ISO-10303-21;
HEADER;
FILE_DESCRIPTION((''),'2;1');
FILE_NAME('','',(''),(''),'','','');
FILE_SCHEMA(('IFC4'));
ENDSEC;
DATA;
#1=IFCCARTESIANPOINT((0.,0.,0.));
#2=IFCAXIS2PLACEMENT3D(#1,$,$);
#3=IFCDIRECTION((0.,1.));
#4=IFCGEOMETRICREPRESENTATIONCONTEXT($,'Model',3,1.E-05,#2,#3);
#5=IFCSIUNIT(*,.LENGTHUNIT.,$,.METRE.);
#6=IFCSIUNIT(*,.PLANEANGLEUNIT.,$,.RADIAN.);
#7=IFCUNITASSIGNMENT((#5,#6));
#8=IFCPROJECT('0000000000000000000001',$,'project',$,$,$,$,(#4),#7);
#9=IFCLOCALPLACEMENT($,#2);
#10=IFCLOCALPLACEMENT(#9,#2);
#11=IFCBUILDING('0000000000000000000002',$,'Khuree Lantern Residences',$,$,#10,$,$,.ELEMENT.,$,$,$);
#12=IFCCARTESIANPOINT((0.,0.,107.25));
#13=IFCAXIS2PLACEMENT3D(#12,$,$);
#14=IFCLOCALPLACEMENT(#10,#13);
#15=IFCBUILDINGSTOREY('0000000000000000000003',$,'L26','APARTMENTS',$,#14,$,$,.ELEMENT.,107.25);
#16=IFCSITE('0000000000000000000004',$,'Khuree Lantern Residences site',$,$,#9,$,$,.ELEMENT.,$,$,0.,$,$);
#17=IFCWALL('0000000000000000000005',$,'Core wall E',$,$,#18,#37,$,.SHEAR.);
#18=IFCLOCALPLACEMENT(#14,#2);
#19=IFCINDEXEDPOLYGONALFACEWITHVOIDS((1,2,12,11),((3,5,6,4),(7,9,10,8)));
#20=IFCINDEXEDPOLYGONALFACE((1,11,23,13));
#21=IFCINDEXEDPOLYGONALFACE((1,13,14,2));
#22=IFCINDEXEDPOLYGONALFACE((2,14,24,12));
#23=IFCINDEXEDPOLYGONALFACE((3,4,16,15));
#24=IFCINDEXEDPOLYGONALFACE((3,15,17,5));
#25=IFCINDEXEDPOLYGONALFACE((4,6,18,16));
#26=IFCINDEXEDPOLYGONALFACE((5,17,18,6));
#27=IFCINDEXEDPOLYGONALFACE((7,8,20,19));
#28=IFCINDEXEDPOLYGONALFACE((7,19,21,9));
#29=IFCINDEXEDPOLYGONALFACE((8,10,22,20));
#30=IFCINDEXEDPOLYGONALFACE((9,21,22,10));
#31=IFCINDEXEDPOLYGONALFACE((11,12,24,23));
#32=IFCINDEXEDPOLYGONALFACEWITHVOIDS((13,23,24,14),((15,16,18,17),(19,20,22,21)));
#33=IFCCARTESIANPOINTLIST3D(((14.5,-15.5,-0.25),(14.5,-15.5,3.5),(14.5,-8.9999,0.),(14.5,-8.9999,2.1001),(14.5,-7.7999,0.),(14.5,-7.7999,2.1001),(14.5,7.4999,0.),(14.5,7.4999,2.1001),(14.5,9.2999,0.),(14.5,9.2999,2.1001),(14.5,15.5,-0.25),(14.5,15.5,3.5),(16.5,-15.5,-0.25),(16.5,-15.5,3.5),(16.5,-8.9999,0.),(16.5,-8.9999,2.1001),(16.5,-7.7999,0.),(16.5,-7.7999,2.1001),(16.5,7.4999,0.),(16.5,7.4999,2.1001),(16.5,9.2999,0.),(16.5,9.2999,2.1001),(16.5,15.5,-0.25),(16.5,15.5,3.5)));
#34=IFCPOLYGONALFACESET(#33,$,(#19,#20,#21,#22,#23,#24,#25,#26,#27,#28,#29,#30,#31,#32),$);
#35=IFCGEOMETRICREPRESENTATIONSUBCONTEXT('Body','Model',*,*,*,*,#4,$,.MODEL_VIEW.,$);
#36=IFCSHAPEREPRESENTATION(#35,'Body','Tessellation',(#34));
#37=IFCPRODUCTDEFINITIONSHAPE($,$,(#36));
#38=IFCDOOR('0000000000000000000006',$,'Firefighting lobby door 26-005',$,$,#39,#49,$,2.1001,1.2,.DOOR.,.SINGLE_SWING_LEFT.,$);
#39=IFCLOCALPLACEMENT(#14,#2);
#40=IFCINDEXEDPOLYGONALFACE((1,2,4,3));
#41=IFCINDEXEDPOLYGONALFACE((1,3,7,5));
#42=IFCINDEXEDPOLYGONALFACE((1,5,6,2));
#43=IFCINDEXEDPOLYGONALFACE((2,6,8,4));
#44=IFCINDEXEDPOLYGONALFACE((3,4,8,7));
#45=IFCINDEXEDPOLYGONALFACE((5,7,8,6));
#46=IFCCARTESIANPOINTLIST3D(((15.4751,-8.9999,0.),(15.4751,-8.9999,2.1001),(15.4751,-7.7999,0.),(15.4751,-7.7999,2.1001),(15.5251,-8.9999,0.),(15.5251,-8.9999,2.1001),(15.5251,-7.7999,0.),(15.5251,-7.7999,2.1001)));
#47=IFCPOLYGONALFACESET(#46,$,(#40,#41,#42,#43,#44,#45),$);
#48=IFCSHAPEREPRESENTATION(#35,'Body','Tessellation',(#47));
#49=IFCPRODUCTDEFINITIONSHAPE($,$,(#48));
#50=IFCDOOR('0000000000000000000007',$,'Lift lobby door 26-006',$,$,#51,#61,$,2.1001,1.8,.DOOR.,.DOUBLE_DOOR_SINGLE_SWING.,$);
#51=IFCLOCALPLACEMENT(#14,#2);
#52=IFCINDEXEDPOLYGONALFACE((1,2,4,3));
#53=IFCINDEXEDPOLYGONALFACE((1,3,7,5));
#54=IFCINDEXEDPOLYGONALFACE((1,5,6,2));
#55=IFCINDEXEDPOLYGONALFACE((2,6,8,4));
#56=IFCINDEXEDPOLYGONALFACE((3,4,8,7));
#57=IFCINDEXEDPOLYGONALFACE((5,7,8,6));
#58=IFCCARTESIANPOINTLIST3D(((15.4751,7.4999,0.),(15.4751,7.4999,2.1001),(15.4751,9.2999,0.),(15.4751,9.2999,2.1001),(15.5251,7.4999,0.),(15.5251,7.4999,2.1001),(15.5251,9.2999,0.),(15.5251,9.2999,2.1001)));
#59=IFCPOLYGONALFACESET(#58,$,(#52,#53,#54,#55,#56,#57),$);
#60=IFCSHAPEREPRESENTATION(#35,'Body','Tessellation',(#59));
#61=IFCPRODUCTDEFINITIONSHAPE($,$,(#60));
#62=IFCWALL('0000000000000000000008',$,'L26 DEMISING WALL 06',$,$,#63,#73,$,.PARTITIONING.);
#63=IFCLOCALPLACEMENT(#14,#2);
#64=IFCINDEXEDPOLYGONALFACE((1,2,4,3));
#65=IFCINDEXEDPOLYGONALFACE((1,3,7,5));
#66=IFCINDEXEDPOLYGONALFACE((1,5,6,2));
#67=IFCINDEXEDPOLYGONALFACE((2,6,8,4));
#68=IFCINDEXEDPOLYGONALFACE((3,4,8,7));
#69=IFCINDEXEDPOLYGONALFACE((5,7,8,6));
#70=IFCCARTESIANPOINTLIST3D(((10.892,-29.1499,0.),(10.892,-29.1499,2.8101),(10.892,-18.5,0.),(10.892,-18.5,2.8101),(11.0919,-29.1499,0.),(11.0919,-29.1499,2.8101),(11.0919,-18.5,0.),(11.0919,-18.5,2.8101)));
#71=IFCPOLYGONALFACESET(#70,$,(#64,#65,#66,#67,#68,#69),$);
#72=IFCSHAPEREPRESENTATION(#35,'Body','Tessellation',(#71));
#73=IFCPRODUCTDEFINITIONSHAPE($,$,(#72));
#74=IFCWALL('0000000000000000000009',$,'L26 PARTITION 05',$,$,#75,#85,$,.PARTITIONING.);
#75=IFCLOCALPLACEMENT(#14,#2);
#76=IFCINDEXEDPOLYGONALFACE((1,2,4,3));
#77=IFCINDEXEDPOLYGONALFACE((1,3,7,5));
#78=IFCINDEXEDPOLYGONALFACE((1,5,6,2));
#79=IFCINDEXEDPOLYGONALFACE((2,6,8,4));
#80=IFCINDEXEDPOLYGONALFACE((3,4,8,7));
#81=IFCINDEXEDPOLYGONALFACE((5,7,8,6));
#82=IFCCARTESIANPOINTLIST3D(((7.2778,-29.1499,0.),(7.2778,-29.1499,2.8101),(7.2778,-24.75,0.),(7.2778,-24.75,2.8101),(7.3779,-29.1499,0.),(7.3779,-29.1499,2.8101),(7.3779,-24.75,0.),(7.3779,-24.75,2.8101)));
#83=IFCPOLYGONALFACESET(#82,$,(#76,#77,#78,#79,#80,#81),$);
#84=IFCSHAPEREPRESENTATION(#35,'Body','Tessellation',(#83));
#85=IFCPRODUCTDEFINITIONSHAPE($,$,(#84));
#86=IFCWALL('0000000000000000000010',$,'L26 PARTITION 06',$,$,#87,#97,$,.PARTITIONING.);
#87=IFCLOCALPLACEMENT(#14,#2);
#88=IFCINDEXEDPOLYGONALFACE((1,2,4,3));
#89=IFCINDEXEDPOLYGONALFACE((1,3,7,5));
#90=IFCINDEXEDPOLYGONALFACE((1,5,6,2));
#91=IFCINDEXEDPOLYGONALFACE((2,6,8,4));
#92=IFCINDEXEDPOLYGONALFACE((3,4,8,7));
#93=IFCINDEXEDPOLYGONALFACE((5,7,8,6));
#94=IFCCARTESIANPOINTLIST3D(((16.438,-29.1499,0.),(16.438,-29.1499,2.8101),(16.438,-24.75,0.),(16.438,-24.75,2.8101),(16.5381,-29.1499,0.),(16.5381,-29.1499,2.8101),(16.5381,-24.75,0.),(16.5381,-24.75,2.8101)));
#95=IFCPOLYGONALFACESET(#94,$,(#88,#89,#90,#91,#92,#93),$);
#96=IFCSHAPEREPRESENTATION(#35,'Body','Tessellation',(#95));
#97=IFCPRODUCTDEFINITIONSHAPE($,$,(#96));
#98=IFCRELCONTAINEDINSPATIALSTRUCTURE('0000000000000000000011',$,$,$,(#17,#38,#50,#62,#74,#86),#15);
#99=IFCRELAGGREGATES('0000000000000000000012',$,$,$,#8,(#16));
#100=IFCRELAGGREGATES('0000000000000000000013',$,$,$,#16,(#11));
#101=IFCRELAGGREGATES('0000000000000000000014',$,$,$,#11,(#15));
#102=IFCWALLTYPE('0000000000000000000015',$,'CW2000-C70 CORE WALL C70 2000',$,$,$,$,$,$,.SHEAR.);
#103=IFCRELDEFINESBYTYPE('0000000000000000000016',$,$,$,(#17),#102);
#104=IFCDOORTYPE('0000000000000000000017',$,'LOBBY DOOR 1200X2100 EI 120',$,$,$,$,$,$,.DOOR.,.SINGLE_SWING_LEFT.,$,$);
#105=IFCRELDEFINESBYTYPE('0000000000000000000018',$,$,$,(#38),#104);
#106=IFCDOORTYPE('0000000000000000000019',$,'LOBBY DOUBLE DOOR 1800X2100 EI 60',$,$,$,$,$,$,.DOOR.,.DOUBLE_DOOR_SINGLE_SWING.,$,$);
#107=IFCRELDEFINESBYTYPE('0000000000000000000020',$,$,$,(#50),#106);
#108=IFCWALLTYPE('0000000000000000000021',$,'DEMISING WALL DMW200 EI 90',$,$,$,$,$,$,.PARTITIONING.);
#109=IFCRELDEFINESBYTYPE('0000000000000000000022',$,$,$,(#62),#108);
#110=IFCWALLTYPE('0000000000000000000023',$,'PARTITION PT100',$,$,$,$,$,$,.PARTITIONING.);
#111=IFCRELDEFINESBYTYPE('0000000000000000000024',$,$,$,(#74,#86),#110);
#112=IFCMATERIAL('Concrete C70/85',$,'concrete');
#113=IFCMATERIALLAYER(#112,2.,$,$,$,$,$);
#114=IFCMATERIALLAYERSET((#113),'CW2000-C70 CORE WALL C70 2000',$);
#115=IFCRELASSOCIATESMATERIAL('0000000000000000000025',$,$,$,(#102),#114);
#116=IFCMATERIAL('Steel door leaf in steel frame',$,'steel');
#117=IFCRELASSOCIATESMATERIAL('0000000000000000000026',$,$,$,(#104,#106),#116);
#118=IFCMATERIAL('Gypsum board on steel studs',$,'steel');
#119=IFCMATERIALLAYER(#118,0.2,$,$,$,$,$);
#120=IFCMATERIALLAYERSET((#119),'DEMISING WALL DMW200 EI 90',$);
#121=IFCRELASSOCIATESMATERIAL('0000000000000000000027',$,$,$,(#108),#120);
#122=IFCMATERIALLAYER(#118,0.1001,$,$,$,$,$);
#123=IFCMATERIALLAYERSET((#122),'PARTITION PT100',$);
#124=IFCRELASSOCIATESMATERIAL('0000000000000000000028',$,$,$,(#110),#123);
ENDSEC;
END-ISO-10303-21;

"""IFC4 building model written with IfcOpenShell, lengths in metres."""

from ifc_helpers import new_model, si_unit, direction, frame, frame_2d, origin, place, context, subcontext, project, spatial, rectangle, extrude, material, layer, layer_set, type_object, element, fill, save


model = new_model("IFC4")

# Units and contexts
model_context = context("Model", 3, precision=1e-05, world=origin(), true_north=direction((0.0, 1.0)))
body_context = subcontext(model_context, "Body", "Model", "MODEL_VIEW")
ifc_project = project(units=[si_unit("LENGTHUNIT", "METRE"), si_unit("PLANEANGLEUNIT", "RADIAN")], contexts=[model_context])

# Site, building, storey
site_placement = place(None, origin())
site = spatial("IfcSite", under=ifc_project, at=site_placement, Name="Khuree Lantern Residences site", CompositionType="ELEMENT", RefElevation=0.0)
building_placement = place(site_placement, origin())
building = spatial("IfcBuilding", under=site, at=building_placement, Name="Khuree Lantern Residences", CompositionType="ELEMENT")
storey_placement = place(building_placement, frame((0.0, 0.0, 107.25)))
storey = spatial("IfcBuildingStorey", under=building, at=storey_placement, Name="L26", Description="APARTMENTS", CompositionType="ELEMENT", Elevation=107.25)

# Shared definitions
ifc_material_1 = material(Name="Concrete C70/85", Category="concrete")

# Shared definitions
ifc_material_2 = material(Name="Gypsum board on steel studs", Category="steel")

# Wall, openings, doors
ifc_layer_1 = layer(ifc_material_1, 2.0)
ifc_layer_set_1 = layer_set([ifc_layer_1], Name="CW2000-C70 CORE WALL C70 2000")
wall_type_1 = type_object("IfcWallType", Name="CW2000-C70 CORE WALL C70 2000", PredefinedType="SHEAR", material=ifc_layer_set_1)
wall_1_placement = place(storey_placement, frame((15.5, -15.5, -0.25), z_axis=(0.0, 0.0, 1.0), x_axis=(0.0, 1.0, 0.0)))
wall_1 = element("IfcWall", 1, at=wall_1_placement, inside=storey, type_object=wall_type_1, Name="Core wall E", PredefinedType="SHEAR", context=body_context, shape_type="SweptSolid", body=[
    extrude(rectangle(XDim=31.0, YDim=2.0, at=frame_2d((15.5, 0.0))), origin(), (0.0, 0.0, 1.0), 3.75),
])
opening_1_placement = place(wall_1_placement, frame((6.5, 0.0, 0.25)))
opening_1 = element("IfcOpeningElement", 2, at=opening_1_placement, cuts=wall_1, PredefinedType="OPENING", context=body_context, shape_type="SweptSolid", body=[
    extrude(rectangle(XDim=1.2, YDim=2.1001, at=frame_2d((0.6001, 1.05))), frame((0.0, 1.01, 0.0), z_axis=(0.0, -1.0, 0.0), x_axis=(1.0, 0.0, 0.0)), (0.0, 0.0, 1.0), 2.02),
])
opening_2_placement = place(wall_1_placement, frame((23.0, 0.0, 0.25)))
opening_2 = element("IfcOpeningElement", 3, at=opening_2_placement, cuts=wall_1, PredefinedType="OPENING", context=body_context, shape_type="SweptSolid", body=[
    extrude(rectangle(XDim=1.8, YDim=2.1001, at=frame_2d((0.8999, 1.05))), frame((0.0, 1.01, 0.0), z_axis=(0.0, -1.0, 0.0), x_axis=(1.0, 0.0, 0.0)), (0.0, 0.0, 1.0), 2.02),
])
ifc_material_3 = material(Name="Steel door leaf in steel frame", Category="steel")
door_type_1 = type_object("IfcDoorType", Name="LOBBY DOOR 1200X2100 EI 120", OperationType="SINGLE_SWING_LEFT", PredefinedType="DOOR", material=ifc_material_3)
door_1_placement = place(opening_1_placement, origin())
door_1 = element("IfcDoor", 4, at=door_1_placement, inside=storey, type_object=door_type_1, Name="Firefighting lobby door 26-005", OperationType="SINGLE_SWING_LEFT", OverallHeight=2.1001, OverallWidth=1.2, PredefinedType="DOOR", context=body_context, shape_type="SweptSolid", body=[
    extrude(rectangle(XDim=1.2, YDim=2.1001, at=frame_2d((0.6001, 1.05))), frame((0.0, 0.0249, 0.0), z_axis=(0.0, -1.0, 0.0), x_axis=(1.0, 0.0, 0.0)), (0.0, 0.0, 1.0), 0.05),
])
fill(opening_1, door_1)
door_type_2 = type_object("IfcDoorType", Name="LOBBY DOUBLE DOOR 1800X2100 EI 60", OperationType="DOUBLE_DOOR_SINGLE_SWING", PredefinedType="DOOR", material=ifc_material_3)
door_2_placement = place(opening_2_placement, origin())
door_2 = element("IfcDoor", 5, at=door_2_placement, inside=storey, type_object=door_type_2, Name="Lift lobby door 26-006", OperationType="DOUBLE_DOOR_SINGLE_SWING", OverallHeight=2.1001, OverallWidth=1.8, PredefinedType="DOOR", context=body_context, shape_type="SweptSolid", body=[
    extrude(rectangle(XDim=1.8, YDim=2.1001, at=frame_2d((0.8999, 1.05))), frame((0.0, 0.0249, 0.0), z_axis=(0.0, -1.0, 0.0), x_axis=(1.0, 0.0, 0.0)), (0.0, 0.0, 1.0), 0.05),
])
fill(opening_2, door_2)

# Walls
ifc_layer_2 = layer(ifc_material_2, 0.2)
ifc_layer_set_2 = layer_set([ifc_layer_2], Name="DEMISING WALL DMW200 EI 90")
wall_type_2 = type_object("IfcWallType", Name="DEMISING WALL DMW200 EI 90", PredefinedType="PARTITIONING", material=ifc_layer_set_2)
wall_2_placement = place(storey_placement, frame((10.9919, -18.5, 0.0), z_axis=(0.0, 0.0, 1.0), x_axis=(0.0, -1.0, 0.0)))
element("IfcWall", 6, at=wall_2_placement, inside=storey, type_object=wall_type_2, Name="L26 DEMISING WALL 06", PredefinedType="PARTITIONING", context=body_context, shape_type="SweptSolid", body=[
    extrude(rectangle(XDim=10.6499, YDim=0.2, at=frame_2d((5.325, 0.0))), origin(), (0.0, 0.0, 1.0), 2.8101),
])
ifc_layer_3 = layer(ifc_material_2, 0.1001)
ifc_layer_set_3 = layer_set([ifc_layer_3], Name="PARTITION PT100")
wall_type_3 = type_object("IfcWallType", Name="PARTITION PT100", PredefinedType="PARTITIONING", material=ifc_layer_set_3)
for number, where, z_axis, x_axis, name in (
    (7, (7.3279, -24.75, 0.0), (0.0, 0.0, 1.0), (0.0, -1.0, 0.0), "L26 PARTITION 05"),
    (8, (16.488, -24.75, 0.0), (0.0, 0.0, 1.0), (0.0, -1.0, 0.0), "L26 PARTITION 06"),
):
    element("IfcWall", number, at=place(storey_placement, frame(where, z_axis=z_axis, x_axis=x_axis)), inside=storey, type_object=wall_type_3, Name=name, PredefinedType="PARTITIONING", context=body_context, shape_type="SweptSolid", body=[
        extrude(rectangle(XDim=4.3999, YDim=0.1001, at=frame_2d((2.2, 0.0))), origin(), (0.0, 0.0, 1.0), 2.8101),
    ])

save(model, "model.ifc")
